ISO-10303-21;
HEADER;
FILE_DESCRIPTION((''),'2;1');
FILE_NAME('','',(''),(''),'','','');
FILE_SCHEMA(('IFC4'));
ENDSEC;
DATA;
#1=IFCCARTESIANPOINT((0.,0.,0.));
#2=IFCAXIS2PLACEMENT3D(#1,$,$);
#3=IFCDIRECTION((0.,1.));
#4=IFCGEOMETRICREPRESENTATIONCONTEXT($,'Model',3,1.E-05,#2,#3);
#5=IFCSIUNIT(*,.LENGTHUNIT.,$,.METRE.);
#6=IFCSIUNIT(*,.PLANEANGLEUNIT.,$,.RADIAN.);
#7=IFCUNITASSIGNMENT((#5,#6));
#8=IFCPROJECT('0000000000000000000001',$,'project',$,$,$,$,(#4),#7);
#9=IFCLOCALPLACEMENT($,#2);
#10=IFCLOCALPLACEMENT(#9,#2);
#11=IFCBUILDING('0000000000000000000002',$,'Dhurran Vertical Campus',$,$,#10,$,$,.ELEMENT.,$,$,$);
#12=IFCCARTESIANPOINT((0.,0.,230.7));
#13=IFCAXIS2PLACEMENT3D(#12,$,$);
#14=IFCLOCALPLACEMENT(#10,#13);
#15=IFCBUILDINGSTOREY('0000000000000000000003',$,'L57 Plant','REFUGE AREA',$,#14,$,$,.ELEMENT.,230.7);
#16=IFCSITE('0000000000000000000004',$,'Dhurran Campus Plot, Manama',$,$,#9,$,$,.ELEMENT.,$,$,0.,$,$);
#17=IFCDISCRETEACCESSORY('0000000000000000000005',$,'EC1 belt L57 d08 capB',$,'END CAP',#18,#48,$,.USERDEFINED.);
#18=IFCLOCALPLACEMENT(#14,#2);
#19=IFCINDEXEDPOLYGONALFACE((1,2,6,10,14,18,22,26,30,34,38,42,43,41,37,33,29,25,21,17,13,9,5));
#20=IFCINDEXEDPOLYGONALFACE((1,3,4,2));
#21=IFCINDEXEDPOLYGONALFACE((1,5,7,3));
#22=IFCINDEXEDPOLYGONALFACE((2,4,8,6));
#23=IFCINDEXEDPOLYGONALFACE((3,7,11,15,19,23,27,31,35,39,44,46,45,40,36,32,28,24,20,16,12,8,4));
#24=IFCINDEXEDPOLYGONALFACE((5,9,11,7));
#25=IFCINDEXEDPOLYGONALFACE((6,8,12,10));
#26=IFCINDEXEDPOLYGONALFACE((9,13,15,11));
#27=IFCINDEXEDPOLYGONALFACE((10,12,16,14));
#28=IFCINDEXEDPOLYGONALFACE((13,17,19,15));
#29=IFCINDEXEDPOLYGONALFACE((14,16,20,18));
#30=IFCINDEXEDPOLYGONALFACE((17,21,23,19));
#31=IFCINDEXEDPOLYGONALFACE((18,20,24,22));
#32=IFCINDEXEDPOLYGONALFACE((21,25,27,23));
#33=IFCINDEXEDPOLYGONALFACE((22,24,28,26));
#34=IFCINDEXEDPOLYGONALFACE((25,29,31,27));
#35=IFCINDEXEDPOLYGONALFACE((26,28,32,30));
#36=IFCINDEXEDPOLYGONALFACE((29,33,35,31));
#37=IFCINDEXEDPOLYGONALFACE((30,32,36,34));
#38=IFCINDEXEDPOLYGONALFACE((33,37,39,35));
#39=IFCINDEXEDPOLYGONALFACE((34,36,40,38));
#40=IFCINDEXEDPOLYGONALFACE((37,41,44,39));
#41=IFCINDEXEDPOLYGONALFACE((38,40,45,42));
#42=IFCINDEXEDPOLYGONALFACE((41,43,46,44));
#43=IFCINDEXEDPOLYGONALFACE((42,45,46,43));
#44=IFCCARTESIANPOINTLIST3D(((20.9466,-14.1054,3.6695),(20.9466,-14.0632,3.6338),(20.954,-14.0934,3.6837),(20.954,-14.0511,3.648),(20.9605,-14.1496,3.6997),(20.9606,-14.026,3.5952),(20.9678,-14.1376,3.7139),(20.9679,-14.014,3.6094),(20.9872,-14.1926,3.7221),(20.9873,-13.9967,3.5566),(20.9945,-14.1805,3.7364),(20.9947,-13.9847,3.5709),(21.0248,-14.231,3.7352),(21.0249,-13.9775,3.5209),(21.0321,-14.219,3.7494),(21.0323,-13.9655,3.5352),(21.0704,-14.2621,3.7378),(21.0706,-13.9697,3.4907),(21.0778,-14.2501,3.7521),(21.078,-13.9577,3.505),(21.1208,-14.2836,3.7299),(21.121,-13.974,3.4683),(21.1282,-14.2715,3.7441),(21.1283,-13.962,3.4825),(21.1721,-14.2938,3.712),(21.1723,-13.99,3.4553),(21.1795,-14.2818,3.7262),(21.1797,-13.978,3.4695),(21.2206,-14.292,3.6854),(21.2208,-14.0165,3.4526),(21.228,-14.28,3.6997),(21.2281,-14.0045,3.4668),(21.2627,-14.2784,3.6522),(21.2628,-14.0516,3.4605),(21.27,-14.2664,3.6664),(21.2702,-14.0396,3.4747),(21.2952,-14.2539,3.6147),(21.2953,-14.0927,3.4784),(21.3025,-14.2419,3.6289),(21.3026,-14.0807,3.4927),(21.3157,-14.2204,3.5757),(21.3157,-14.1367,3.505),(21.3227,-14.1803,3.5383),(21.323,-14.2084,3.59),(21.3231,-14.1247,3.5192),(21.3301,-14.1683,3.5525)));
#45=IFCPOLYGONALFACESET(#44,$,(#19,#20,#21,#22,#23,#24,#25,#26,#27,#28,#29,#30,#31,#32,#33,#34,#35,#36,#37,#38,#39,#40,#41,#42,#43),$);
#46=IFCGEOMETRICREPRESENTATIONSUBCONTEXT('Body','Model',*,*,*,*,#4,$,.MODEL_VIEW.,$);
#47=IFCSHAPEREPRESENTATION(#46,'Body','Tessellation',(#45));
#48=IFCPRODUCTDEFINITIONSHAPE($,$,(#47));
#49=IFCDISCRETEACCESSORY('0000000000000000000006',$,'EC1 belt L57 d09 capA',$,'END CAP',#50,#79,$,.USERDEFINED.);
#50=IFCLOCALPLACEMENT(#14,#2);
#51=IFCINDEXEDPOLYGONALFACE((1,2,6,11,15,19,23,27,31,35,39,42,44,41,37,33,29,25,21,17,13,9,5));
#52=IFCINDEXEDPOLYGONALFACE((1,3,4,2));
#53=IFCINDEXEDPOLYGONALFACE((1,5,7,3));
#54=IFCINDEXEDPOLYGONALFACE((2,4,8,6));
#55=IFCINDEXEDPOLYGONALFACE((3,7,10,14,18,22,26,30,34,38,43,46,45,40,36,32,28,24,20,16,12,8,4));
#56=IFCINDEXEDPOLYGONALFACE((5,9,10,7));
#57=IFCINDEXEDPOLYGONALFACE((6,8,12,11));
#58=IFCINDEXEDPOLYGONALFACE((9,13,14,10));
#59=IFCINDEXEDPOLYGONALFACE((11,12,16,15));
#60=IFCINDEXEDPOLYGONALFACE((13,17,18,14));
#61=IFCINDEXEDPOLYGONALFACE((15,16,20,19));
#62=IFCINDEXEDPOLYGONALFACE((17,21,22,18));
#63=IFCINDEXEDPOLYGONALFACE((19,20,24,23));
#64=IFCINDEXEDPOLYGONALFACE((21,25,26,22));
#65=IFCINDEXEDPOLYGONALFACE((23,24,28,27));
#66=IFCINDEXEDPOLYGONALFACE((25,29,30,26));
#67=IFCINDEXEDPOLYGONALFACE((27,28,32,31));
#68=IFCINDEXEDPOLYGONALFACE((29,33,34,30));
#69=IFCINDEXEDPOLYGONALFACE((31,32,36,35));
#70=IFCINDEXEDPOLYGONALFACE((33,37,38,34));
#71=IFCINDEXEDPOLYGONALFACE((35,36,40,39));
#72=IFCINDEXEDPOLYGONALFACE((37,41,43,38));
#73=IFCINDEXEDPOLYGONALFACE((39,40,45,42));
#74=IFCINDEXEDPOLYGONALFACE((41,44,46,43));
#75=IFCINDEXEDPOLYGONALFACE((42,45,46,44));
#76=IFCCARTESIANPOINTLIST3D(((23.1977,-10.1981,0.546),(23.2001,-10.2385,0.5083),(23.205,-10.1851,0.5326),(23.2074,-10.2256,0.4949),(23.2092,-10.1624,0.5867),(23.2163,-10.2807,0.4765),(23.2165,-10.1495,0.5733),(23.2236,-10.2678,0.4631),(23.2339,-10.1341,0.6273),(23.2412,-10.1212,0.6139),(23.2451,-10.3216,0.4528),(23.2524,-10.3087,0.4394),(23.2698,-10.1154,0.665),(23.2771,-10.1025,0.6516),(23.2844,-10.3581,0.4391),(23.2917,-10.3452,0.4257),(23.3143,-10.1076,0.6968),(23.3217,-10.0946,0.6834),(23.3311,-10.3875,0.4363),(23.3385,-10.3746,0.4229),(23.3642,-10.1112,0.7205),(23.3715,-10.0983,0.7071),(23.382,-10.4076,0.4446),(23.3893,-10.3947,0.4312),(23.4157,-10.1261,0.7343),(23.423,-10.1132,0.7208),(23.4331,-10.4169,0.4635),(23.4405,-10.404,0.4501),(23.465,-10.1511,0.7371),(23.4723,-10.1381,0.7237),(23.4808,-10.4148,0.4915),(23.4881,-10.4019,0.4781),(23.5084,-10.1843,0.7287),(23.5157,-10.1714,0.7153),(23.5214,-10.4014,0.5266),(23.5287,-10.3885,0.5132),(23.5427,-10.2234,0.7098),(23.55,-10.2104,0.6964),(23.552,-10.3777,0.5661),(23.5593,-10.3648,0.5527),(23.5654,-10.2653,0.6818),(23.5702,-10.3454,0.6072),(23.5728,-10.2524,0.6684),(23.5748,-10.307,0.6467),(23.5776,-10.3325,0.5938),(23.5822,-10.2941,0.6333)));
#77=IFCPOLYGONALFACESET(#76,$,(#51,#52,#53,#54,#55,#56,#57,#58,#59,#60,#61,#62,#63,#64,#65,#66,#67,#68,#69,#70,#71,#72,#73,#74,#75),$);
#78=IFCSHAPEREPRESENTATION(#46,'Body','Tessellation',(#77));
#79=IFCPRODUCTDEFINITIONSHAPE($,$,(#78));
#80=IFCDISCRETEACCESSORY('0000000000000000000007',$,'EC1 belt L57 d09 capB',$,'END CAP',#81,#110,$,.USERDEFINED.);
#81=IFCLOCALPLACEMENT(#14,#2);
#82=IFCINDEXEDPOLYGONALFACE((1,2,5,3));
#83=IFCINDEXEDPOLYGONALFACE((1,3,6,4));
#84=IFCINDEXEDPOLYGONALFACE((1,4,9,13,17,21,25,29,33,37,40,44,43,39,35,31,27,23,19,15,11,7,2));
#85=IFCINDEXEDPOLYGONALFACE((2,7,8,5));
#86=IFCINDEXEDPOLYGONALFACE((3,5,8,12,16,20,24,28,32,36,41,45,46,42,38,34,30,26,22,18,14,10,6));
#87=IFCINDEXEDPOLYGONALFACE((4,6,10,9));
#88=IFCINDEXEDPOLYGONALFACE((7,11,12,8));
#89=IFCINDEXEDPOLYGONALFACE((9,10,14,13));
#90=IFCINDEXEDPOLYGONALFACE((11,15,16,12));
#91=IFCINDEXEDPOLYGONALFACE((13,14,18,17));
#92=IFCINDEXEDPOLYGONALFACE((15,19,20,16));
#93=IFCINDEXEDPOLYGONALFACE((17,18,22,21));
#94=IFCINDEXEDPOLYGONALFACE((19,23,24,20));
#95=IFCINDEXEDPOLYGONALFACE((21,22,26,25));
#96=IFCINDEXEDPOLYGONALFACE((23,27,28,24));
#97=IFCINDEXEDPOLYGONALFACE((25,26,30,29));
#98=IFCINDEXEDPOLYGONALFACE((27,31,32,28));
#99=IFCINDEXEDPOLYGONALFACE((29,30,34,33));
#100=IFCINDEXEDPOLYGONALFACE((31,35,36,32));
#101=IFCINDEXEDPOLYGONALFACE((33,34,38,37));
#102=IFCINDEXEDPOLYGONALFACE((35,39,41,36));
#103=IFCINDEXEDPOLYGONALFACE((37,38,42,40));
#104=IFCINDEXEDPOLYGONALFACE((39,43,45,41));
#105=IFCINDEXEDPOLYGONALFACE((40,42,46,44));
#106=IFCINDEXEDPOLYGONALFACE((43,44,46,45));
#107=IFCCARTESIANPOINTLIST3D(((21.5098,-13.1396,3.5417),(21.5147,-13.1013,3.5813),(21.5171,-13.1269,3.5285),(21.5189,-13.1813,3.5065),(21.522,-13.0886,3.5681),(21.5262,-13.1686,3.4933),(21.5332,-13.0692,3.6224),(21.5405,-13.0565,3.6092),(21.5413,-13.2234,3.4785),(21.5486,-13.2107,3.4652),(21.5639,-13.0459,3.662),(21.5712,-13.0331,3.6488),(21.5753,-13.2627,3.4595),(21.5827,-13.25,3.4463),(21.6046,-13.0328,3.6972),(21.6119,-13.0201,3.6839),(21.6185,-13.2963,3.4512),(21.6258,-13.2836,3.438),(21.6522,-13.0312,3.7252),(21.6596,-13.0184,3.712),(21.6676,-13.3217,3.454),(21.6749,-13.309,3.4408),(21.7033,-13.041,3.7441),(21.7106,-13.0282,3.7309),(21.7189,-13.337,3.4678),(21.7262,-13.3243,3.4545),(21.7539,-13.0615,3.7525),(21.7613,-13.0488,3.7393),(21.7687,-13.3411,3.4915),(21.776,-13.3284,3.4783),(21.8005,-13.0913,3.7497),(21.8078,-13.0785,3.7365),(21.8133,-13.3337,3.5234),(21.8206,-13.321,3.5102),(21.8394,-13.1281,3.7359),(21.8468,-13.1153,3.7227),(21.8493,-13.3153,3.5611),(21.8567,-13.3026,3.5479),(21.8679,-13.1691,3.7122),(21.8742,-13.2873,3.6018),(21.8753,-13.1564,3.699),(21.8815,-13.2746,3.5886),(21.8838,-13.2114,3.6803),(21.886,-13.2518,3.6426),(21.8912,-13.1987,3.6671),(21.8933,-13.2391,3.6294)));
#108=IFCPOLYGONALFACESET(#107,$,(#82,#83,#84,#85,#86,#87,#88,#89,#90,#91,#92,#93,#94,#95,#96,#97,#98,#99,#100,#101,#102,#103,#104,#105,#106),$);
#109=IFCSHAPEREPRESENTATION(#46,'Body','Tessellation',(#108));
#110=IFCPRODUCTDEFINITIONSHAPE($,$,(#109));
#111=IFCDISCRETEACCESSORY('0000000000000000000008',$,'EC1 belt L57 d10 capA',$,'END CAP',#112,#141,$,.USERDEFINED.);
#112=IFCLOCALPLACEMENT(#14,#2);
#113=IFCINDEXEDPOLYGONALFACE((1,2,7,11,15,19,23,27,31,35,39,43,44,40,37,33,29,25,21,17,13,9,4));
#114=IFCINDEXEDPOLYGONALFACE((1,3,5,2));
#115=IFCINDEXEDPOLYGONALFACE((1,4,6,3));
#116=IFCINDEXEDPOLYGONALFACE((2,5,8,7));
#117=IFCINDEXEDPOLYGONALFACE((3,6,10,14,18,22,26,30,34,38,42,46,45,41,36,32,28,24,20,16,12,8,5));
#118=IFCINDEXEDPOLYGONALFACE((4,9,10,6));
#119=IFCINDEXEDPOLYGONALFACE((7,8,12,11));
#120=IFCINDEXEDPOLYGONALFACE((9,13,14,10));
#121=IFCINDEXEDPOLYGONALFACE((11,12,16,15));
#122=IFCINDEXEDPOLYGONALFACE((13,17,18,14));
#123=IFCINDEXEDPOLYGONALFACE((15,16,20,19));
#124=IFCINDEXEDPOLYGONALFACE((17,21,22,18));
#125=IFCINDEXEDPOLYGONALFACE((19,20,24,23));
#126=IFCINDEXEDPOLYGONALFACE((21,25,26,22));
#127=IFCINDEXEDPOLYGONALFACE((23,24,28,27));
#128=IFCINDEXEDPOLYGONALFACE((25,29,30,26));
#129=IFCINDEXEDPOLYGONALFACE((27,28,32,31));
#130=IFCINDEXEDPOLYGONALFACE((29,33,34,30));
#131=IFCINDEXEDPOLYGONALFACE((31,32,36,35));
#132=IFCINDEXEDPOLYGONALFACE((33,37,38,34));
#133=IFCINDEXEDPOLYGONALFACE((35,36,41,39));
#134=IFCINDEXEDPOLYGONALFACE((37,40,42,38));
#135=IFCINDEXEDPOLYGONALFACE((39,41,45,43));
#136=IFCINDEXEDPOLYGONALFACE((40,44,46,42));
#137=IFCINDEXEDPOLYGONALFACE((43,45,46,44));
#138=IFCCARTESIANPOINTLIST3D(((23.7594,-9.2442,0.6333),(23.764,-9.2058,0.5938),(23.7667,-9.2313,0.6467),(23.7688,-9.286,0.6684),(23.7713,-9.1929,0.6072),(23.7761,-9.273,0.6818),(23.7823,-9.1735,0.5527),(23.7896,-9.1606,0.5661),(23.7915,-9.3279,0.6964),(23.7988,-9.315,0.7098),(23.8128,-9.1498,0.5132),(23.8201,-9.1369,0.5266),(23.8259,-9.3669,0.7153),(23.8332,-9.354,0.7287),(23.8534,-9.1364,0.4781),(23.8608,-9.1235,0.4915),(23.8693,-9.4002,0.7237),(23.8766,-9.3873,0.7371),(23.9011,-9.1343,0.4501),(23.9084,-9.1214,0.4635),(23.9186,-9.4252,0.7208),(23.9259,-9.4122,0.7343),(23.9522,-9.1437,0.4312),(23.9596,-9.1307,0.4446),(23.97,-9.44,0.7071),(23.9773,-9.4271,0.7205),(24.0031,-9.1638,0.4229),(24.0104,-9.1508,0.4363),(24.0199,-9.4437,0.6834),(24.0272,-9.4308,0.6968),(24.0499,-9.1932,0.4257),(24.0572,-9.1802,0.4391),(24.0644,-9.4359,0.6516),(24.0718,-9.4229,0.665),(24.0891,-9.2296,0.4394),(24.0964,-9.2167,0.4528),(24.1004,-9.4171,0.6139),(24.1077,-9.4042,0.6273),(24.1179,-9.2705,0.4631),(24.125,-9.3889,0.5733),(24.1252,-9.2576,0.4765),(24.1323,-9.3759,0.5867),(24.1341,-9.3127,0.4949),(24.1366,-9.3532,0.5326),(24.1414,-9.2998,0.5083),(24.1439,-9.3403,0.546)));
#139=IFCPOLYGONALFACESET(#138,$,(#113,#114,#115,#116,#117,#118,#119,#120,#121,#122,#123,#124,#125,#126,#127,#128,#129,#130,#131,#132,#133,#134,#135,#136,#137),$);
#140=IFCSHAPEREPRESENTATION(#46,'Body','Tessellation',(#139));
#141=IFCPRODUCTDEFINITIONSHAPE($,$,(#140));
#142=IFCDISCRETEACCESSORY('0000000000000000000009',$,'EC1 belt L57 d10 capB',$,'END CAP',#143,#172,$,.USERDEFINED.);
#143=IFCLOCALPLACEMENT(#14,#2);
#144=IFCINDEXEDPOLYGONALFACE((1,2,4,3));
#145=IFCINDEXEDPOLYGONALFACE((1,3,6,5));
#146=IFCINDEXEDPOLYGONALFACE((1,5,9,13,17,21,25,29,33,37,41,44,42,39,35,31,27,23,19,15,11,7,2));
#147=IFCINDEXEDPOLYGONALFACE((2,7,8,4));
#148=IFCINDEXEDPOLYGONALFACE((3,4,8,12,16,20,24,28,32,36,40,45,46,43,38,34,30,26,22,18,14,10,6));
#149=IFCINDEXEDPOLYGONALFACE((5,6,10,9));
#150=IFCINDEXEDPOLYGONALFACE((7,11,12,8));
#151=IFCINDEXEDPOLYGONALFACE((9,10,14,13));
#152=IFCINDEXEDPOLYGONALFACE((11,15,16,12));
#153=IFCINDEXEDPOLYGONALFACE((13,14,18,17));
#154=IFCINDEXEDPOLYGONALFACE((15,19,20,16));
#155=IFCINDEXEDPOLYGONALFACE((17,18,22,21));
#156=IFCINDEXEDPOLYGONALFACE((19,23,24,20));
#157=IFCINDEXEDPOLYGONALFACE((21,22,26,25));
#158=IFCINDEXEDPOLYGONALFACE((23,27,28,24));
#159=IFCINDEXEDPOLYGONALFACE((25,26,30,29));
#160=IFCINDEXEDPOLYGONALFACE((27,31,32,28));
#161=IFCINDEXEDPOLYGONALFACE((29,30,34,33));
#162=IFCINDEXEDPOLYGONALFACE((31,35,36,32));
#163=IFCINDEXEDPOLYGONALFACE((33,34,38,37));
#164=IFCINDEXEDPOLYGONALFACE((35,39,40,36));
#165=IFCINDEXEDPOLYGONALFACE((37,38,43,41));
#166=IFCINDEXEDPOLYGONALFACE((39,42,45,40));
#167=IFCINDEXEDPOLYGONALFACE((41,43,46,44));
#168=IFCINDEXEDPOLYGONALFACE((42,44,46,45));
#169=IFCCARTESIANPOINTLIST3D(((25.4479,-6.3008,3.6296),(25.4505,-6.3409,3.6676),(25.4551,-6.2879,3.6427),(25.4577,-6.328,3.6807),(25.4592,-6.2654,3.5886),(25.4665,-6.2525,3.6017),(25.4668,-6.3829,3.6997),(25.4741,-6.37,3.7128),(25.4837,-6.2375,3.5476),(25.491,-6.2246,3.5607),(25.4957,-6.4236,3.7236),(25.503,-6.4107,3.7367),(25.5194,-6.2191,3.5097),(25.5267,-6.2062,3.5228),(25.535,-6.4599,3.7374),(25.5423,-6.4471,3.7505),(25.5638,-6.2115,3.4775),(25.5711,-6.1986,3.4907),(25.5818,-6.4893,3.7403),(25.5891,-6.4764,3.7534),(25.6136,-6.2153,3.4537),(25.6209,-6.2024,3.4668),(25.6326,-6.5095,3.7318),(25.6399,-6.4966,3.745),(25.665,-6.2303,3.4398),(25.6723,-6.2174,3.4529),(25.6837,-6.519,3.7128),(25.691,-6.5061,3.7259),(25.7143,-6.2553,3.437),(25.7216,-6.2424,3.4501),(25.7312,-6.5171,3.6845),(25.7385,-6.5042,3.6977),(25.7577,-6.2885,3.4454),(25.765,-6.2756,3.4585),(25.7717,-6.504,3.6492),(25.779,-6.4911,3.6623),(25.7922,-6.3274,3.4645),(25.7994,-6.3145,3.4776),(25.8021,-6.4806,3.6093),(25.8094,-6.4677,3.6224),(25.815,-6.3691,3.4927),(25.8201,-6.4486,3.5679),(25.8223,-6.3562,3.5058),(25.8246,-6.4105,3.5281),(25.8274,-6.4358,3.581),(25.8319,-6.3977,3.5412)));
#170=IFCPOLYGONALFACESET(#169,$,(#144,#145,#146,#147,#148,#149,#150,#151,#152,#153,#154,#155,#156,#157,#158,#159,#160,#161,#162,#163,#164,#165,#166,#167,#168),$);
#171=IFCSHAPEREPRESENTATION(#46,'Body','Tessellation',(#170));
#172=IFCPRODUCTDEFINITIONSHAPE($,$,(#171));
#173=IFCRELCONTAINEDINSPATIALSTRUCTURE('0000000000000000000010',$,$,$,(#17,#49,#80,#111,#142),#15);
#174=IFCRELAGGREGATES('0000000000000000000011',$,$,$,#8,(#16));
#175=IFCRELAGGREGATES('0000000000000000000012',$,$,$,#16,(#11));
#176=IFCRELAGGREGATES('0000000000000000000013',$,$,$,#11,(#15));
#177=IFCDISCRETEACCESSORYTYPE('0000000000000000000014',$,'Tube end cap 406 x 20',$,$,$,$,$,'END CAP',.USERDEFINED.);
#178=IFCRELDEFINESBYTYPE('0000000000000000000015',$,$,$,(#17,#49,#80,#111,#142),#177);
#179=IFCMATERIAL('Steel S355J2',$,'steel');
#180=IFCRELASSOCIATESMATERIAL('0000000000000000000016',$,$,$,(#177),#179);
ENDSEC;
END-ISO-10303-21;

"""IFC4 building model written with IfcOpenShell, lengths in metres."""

from ifc_helpers import new_model, si_unit, direction, frame, origin, origin_2d, place, context, subcontext, project, spatial, circle, extrude, material, material_profile, profile_set, type_object, element, save


model = new_model("IFC4")

# Units and contexts
model_context = context("Model", 3, precision=1e-05, world=origin(), true_north=direction((0.0, 1.0)))
body_context = subcontext(model_context, "Body", "Model", "MODEL_VIEW")
ifc_project = project(units=[si_unit("LENGTHUNIT", "METRE"), si_unit("PLANEANGLEUNIT", "RADIAN")], contexts=[model_context])

# Site, building, storey
site_placement = place(None, origin())
site = spatial("IfcSite", under=ifc_project, at=site_placement, Name="Dhurran Campus Plot, Manama", CompositionType="ELEMENT", RefElevation=0.0)
building_placement = place(site_placement, origin())
building = spatial("IfcBuilding", under=site, at=building_placement, Name="Dhurran Vertical Campus", CompositionType="ELEMENT")
storey_placement = place(building_placement, frame((0.0, 0.0, 230.7)))
storey = spatial("IfcBuildingStorey", under=building, at=storey_placement, Name="L57 Plant", Description="REFUGE AREA", CompositionType="ELEMENT", Elevation=230.7)

# Discrete accessories
ifc_material_1 = material(Name="Steel S355J2", Category="steel")
ifc_material_profile_1 = material_profile(ifc_material_1, circle(Radius=0.2031, at=origin_2d()), Name="Tube end cap 406 x 20")
ifc_profile_set_1 = profile_set([ifc_material_profile_1], Name="Steel S355J2")
discrete_accessory_type = type_object("IfcDiscreteAccessoryType", Name="Tube end cap 406 x 20", ElementType="END CAP", PredefinedType="USERDEFINED", material=ifc_profile_set_1)
for number, where, z_axis, x_axis, name in (
    (1, (21.1338, -14.1321, 3.5952), (0.367469, 0.6002, 0.710441), (-0.852851, 0.522154, 0.0), "EC1 belt L57 d08 capB"),
    (2, (23.386, -10.2625, 0.5867), (0.365582, 0.645861, -0.670234), (-0.870257, 0.492598, 0.0), "EC1 belt L57 d09 capA"),
):
    element("IfcDiscreteAccessory", number, at=place(storey_placement, frame(where, z_axis=z_axis, x_axis=x_axis)), inside=storey, type_object=discrete_accessory_type, Name=name, ObjectType="END CAP", PredefinedType="USERDEFINED", context=body_context, shape_type="SweptSolid", body=[
        extrude(circle(Radius=0.2031, at=origin_2d()), origin(), (0.0, 0.0, 1.0), 0.02),
    ])
discrete_accessory_1_placement = place(storey_placement, frame((21.7056, -13.1731, 3.5886), z_axis=(-0.371533, -0.643991, 0.668759), x_axis=(0.866186, -0.499722, 0.0)))
element("IfcDiscreteAccessory", 3, at=discrete_accessory_1_placement, inside=storey, type_object=discrete_accessory_type, Name="EC1 belt L57 d09 capB", ObjectType="END CAP", PredefinedType="USERDEFINED", context=body_context, shape_type="SweptSolid", body=[
    extrude(circle(Radius=0.2031, at=origin_2d()), origin(), (0.0, 0.0, 1.0), 0.0198),
])
discrete_accessory_2_placement = place(storey_placement, frame((23.9556, -9.2759, 0.5867), z_axis=(-0.365582, -0.645861, -0.670234), x_axis=(0.870257, -0.492598, 0.0)))
element("IfcDiscreteAccessory", 4, at=discrete_accessory_2_placement, inside=storey, type_object=discrete_accessory_type, Name="EC1 belt L57 d10 capA", ObjectType="END CAP", PredefinedType="USERDEFINED", context=body_context, shape_type="SweptSolid", body=[
    extrude(circle(Radius=0.2031, at=origin_2d()), origin(), (0.0, 0.0, 1.0), 0.02),
])
discrete_accessory_3_placement = place(storey_placement, frame((25.636, -6.3655, 3.5886), z_axis=(0.368577, 0.651153, 0.663439), x_axis=(-0.870257, 0.492598, 0.0)))
element("IfcDiscreteAccessory", 5, at=discrete_accessory_3_placement, inside=storey, type_object=discrete_accessory_type, Name="EC1 belt L57 d10 capB", ObjectType="END CAP", PredefinedType="USERDEFINED", context=body_context, shape_type="SweptSolid", body=[
    extrude(circle(Radius=0.2031, at=origin_2d()), origin(), (0.0, 0.0, 1.0), 0.0198),
])

save(model, "model.ifc")
